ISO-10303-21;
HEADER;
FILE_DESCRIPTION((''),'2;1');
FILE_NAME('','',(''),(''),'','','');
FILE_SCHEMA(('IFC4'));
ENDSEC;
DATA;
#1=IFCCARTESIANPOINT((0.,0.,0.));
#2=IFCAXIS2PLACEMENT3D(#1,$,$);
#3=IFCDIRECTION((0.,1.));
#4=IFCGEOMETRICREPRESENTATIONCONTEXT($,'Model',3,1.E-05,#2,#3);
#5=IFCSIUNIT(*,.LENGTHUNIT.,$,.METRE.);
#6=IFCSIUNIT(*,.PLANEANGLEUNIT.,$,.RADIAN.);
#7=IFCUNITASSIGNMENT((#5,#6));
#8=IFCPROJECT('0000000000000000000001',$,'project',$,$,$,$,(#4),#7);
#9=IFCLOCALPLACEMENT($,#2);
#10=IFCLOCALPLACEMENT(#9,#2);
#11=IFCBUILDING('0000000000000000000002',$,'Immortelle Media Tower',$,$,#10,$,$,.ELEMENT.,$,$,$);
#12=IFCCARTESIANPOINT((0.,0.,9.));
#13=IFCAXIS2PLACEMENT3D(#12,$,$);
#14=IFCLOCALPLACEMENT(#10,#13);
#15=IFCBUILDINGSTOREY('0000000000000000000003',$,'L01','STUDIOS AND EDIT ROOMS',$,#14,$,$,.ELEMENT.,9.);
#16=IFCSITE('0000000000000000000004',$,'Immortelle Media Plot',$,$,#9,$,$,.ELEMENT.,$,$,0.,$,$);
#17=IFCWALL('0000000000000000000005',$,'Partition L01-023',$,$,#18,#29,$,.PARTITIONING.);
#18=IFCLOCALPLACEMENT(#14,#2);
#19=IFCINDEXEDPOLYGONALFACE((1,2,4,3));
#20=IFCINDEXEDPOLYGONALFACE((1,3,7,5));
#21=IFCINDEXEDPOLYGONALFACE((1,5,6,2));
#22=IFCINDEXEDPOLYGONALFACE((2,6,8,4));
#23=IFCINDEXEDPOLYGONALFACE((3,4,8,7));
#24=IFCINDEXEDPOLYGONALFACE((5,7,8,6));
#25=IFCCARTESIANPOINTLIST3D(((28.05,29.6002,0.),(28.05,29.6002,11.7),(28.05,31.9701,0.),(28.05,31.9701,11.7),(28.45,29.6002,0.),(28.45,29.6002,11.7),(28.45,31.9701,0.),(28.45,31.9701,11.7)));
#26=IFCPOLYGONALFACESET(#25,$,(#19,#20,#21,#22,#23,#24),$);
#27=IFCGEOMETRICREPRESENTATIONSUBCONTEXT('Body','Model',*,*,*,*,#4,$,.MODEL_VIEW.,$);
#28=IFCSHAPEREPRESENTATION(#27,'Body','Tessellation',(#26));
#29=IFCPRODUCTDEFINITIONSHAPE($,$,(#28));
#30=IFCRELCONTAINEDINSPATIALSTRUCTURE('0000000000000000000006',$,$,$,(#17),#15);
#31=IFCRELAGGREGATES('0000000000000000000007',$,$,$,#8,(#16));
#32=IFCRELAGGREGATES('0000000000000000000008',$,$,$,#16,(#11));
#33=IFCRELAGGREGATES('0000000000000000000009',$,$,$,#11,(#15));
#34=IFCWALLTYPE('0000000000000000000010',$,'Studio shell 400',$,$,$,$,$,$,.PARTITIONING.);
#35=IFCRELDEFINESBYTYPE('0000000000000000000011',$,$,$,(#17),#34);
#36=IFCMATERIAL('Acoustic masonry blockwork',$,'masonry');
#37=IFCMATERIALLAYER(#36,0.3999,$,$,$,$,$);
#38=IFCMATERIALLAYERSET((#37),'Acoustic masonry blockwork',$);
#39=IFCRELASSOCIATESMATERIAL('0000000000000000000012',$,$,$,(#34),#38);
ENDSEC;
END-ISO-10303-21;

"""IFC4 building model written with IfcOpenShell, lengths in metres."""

from ifc_helpers import new_model, si_unit, direction, frame, frame_2d, origin, place, context, subcontext, project, spatial, rectangle, extrude, material, layer, layer_set, type_object, element, save


model = new_model("IFC4")

# Units and contexts
model_context = context("Model", 3, precision=1e-05, world=origin(), true_north=direction((0.0, 1.0)))
body_context = subcontext(model_context, "Body", "Model", "MODEL_VIEW")
ifc_project = project(units=[si_unit("LENGTHUNIT", "METRE"), si_unit("PLANEANGLEUNIT", "RADIAN")], contexts=[model_context])

# Site, building, storey
site_placement = place(None, origin())
site = spatial("IfcSite", under=ifc_project, at=site_placement, Name="Immortelle Media Plot", CompositionType="ELEMENT", RefElevation=0.0)
building_placement = place(site_placement, origin())
building = spatial("IfcBuilding", under=site, at=building_placement, Name="Immortelle Media Tower", CompositionType="ELEMENT")
storey_placement = place(building_placement, frame((0.0, 0.0, 9.0)))
storey = spatial("IfcBuildingStorey", under=building, at=storey_placement, Name="L01", Description="STUDIOS AND EDIT ROOMS", CompositionType="ELEMENT", Elevation=9.0)

# Wall
ifc_material_1 = material(Name="Acoustic masonry blockwork", Category="masonry")
ifc_layer_1 = layer(ifc_material_1, 0.3999)
ifc_layer_set_1 = layer_set([ifc_layer_1], Name="Acoustic masonry blockwork")
wall_type_1 = type_object("IfcWallType", Name="Studio shell 400", PredefinedType="PARTITIONING", material=ifc_layer_set_1)
wall_1_placement = place(storey_placement, frame((28.25, 29.6001, 0.0), z_axis=(0.0, 0.0, 1.0), x_axis=(0.0, 1.0, 0.0)))
element("IfcWall", 1, at=wall_1_placement, inside=storey, type_object=wall_type_1, Name="Partition L01-023", PredefinedType="PARTITIONING", context=body_context, shape_type="SweptSolid", body=[
    extrude(rectangle(XDim=2.3699, YDim=0.3999, at=frame_2d((1.1851, 0.0))), origin(), (0.0, 0.0, 1.0), 11.7),
])

save(model, "model.ifc")
